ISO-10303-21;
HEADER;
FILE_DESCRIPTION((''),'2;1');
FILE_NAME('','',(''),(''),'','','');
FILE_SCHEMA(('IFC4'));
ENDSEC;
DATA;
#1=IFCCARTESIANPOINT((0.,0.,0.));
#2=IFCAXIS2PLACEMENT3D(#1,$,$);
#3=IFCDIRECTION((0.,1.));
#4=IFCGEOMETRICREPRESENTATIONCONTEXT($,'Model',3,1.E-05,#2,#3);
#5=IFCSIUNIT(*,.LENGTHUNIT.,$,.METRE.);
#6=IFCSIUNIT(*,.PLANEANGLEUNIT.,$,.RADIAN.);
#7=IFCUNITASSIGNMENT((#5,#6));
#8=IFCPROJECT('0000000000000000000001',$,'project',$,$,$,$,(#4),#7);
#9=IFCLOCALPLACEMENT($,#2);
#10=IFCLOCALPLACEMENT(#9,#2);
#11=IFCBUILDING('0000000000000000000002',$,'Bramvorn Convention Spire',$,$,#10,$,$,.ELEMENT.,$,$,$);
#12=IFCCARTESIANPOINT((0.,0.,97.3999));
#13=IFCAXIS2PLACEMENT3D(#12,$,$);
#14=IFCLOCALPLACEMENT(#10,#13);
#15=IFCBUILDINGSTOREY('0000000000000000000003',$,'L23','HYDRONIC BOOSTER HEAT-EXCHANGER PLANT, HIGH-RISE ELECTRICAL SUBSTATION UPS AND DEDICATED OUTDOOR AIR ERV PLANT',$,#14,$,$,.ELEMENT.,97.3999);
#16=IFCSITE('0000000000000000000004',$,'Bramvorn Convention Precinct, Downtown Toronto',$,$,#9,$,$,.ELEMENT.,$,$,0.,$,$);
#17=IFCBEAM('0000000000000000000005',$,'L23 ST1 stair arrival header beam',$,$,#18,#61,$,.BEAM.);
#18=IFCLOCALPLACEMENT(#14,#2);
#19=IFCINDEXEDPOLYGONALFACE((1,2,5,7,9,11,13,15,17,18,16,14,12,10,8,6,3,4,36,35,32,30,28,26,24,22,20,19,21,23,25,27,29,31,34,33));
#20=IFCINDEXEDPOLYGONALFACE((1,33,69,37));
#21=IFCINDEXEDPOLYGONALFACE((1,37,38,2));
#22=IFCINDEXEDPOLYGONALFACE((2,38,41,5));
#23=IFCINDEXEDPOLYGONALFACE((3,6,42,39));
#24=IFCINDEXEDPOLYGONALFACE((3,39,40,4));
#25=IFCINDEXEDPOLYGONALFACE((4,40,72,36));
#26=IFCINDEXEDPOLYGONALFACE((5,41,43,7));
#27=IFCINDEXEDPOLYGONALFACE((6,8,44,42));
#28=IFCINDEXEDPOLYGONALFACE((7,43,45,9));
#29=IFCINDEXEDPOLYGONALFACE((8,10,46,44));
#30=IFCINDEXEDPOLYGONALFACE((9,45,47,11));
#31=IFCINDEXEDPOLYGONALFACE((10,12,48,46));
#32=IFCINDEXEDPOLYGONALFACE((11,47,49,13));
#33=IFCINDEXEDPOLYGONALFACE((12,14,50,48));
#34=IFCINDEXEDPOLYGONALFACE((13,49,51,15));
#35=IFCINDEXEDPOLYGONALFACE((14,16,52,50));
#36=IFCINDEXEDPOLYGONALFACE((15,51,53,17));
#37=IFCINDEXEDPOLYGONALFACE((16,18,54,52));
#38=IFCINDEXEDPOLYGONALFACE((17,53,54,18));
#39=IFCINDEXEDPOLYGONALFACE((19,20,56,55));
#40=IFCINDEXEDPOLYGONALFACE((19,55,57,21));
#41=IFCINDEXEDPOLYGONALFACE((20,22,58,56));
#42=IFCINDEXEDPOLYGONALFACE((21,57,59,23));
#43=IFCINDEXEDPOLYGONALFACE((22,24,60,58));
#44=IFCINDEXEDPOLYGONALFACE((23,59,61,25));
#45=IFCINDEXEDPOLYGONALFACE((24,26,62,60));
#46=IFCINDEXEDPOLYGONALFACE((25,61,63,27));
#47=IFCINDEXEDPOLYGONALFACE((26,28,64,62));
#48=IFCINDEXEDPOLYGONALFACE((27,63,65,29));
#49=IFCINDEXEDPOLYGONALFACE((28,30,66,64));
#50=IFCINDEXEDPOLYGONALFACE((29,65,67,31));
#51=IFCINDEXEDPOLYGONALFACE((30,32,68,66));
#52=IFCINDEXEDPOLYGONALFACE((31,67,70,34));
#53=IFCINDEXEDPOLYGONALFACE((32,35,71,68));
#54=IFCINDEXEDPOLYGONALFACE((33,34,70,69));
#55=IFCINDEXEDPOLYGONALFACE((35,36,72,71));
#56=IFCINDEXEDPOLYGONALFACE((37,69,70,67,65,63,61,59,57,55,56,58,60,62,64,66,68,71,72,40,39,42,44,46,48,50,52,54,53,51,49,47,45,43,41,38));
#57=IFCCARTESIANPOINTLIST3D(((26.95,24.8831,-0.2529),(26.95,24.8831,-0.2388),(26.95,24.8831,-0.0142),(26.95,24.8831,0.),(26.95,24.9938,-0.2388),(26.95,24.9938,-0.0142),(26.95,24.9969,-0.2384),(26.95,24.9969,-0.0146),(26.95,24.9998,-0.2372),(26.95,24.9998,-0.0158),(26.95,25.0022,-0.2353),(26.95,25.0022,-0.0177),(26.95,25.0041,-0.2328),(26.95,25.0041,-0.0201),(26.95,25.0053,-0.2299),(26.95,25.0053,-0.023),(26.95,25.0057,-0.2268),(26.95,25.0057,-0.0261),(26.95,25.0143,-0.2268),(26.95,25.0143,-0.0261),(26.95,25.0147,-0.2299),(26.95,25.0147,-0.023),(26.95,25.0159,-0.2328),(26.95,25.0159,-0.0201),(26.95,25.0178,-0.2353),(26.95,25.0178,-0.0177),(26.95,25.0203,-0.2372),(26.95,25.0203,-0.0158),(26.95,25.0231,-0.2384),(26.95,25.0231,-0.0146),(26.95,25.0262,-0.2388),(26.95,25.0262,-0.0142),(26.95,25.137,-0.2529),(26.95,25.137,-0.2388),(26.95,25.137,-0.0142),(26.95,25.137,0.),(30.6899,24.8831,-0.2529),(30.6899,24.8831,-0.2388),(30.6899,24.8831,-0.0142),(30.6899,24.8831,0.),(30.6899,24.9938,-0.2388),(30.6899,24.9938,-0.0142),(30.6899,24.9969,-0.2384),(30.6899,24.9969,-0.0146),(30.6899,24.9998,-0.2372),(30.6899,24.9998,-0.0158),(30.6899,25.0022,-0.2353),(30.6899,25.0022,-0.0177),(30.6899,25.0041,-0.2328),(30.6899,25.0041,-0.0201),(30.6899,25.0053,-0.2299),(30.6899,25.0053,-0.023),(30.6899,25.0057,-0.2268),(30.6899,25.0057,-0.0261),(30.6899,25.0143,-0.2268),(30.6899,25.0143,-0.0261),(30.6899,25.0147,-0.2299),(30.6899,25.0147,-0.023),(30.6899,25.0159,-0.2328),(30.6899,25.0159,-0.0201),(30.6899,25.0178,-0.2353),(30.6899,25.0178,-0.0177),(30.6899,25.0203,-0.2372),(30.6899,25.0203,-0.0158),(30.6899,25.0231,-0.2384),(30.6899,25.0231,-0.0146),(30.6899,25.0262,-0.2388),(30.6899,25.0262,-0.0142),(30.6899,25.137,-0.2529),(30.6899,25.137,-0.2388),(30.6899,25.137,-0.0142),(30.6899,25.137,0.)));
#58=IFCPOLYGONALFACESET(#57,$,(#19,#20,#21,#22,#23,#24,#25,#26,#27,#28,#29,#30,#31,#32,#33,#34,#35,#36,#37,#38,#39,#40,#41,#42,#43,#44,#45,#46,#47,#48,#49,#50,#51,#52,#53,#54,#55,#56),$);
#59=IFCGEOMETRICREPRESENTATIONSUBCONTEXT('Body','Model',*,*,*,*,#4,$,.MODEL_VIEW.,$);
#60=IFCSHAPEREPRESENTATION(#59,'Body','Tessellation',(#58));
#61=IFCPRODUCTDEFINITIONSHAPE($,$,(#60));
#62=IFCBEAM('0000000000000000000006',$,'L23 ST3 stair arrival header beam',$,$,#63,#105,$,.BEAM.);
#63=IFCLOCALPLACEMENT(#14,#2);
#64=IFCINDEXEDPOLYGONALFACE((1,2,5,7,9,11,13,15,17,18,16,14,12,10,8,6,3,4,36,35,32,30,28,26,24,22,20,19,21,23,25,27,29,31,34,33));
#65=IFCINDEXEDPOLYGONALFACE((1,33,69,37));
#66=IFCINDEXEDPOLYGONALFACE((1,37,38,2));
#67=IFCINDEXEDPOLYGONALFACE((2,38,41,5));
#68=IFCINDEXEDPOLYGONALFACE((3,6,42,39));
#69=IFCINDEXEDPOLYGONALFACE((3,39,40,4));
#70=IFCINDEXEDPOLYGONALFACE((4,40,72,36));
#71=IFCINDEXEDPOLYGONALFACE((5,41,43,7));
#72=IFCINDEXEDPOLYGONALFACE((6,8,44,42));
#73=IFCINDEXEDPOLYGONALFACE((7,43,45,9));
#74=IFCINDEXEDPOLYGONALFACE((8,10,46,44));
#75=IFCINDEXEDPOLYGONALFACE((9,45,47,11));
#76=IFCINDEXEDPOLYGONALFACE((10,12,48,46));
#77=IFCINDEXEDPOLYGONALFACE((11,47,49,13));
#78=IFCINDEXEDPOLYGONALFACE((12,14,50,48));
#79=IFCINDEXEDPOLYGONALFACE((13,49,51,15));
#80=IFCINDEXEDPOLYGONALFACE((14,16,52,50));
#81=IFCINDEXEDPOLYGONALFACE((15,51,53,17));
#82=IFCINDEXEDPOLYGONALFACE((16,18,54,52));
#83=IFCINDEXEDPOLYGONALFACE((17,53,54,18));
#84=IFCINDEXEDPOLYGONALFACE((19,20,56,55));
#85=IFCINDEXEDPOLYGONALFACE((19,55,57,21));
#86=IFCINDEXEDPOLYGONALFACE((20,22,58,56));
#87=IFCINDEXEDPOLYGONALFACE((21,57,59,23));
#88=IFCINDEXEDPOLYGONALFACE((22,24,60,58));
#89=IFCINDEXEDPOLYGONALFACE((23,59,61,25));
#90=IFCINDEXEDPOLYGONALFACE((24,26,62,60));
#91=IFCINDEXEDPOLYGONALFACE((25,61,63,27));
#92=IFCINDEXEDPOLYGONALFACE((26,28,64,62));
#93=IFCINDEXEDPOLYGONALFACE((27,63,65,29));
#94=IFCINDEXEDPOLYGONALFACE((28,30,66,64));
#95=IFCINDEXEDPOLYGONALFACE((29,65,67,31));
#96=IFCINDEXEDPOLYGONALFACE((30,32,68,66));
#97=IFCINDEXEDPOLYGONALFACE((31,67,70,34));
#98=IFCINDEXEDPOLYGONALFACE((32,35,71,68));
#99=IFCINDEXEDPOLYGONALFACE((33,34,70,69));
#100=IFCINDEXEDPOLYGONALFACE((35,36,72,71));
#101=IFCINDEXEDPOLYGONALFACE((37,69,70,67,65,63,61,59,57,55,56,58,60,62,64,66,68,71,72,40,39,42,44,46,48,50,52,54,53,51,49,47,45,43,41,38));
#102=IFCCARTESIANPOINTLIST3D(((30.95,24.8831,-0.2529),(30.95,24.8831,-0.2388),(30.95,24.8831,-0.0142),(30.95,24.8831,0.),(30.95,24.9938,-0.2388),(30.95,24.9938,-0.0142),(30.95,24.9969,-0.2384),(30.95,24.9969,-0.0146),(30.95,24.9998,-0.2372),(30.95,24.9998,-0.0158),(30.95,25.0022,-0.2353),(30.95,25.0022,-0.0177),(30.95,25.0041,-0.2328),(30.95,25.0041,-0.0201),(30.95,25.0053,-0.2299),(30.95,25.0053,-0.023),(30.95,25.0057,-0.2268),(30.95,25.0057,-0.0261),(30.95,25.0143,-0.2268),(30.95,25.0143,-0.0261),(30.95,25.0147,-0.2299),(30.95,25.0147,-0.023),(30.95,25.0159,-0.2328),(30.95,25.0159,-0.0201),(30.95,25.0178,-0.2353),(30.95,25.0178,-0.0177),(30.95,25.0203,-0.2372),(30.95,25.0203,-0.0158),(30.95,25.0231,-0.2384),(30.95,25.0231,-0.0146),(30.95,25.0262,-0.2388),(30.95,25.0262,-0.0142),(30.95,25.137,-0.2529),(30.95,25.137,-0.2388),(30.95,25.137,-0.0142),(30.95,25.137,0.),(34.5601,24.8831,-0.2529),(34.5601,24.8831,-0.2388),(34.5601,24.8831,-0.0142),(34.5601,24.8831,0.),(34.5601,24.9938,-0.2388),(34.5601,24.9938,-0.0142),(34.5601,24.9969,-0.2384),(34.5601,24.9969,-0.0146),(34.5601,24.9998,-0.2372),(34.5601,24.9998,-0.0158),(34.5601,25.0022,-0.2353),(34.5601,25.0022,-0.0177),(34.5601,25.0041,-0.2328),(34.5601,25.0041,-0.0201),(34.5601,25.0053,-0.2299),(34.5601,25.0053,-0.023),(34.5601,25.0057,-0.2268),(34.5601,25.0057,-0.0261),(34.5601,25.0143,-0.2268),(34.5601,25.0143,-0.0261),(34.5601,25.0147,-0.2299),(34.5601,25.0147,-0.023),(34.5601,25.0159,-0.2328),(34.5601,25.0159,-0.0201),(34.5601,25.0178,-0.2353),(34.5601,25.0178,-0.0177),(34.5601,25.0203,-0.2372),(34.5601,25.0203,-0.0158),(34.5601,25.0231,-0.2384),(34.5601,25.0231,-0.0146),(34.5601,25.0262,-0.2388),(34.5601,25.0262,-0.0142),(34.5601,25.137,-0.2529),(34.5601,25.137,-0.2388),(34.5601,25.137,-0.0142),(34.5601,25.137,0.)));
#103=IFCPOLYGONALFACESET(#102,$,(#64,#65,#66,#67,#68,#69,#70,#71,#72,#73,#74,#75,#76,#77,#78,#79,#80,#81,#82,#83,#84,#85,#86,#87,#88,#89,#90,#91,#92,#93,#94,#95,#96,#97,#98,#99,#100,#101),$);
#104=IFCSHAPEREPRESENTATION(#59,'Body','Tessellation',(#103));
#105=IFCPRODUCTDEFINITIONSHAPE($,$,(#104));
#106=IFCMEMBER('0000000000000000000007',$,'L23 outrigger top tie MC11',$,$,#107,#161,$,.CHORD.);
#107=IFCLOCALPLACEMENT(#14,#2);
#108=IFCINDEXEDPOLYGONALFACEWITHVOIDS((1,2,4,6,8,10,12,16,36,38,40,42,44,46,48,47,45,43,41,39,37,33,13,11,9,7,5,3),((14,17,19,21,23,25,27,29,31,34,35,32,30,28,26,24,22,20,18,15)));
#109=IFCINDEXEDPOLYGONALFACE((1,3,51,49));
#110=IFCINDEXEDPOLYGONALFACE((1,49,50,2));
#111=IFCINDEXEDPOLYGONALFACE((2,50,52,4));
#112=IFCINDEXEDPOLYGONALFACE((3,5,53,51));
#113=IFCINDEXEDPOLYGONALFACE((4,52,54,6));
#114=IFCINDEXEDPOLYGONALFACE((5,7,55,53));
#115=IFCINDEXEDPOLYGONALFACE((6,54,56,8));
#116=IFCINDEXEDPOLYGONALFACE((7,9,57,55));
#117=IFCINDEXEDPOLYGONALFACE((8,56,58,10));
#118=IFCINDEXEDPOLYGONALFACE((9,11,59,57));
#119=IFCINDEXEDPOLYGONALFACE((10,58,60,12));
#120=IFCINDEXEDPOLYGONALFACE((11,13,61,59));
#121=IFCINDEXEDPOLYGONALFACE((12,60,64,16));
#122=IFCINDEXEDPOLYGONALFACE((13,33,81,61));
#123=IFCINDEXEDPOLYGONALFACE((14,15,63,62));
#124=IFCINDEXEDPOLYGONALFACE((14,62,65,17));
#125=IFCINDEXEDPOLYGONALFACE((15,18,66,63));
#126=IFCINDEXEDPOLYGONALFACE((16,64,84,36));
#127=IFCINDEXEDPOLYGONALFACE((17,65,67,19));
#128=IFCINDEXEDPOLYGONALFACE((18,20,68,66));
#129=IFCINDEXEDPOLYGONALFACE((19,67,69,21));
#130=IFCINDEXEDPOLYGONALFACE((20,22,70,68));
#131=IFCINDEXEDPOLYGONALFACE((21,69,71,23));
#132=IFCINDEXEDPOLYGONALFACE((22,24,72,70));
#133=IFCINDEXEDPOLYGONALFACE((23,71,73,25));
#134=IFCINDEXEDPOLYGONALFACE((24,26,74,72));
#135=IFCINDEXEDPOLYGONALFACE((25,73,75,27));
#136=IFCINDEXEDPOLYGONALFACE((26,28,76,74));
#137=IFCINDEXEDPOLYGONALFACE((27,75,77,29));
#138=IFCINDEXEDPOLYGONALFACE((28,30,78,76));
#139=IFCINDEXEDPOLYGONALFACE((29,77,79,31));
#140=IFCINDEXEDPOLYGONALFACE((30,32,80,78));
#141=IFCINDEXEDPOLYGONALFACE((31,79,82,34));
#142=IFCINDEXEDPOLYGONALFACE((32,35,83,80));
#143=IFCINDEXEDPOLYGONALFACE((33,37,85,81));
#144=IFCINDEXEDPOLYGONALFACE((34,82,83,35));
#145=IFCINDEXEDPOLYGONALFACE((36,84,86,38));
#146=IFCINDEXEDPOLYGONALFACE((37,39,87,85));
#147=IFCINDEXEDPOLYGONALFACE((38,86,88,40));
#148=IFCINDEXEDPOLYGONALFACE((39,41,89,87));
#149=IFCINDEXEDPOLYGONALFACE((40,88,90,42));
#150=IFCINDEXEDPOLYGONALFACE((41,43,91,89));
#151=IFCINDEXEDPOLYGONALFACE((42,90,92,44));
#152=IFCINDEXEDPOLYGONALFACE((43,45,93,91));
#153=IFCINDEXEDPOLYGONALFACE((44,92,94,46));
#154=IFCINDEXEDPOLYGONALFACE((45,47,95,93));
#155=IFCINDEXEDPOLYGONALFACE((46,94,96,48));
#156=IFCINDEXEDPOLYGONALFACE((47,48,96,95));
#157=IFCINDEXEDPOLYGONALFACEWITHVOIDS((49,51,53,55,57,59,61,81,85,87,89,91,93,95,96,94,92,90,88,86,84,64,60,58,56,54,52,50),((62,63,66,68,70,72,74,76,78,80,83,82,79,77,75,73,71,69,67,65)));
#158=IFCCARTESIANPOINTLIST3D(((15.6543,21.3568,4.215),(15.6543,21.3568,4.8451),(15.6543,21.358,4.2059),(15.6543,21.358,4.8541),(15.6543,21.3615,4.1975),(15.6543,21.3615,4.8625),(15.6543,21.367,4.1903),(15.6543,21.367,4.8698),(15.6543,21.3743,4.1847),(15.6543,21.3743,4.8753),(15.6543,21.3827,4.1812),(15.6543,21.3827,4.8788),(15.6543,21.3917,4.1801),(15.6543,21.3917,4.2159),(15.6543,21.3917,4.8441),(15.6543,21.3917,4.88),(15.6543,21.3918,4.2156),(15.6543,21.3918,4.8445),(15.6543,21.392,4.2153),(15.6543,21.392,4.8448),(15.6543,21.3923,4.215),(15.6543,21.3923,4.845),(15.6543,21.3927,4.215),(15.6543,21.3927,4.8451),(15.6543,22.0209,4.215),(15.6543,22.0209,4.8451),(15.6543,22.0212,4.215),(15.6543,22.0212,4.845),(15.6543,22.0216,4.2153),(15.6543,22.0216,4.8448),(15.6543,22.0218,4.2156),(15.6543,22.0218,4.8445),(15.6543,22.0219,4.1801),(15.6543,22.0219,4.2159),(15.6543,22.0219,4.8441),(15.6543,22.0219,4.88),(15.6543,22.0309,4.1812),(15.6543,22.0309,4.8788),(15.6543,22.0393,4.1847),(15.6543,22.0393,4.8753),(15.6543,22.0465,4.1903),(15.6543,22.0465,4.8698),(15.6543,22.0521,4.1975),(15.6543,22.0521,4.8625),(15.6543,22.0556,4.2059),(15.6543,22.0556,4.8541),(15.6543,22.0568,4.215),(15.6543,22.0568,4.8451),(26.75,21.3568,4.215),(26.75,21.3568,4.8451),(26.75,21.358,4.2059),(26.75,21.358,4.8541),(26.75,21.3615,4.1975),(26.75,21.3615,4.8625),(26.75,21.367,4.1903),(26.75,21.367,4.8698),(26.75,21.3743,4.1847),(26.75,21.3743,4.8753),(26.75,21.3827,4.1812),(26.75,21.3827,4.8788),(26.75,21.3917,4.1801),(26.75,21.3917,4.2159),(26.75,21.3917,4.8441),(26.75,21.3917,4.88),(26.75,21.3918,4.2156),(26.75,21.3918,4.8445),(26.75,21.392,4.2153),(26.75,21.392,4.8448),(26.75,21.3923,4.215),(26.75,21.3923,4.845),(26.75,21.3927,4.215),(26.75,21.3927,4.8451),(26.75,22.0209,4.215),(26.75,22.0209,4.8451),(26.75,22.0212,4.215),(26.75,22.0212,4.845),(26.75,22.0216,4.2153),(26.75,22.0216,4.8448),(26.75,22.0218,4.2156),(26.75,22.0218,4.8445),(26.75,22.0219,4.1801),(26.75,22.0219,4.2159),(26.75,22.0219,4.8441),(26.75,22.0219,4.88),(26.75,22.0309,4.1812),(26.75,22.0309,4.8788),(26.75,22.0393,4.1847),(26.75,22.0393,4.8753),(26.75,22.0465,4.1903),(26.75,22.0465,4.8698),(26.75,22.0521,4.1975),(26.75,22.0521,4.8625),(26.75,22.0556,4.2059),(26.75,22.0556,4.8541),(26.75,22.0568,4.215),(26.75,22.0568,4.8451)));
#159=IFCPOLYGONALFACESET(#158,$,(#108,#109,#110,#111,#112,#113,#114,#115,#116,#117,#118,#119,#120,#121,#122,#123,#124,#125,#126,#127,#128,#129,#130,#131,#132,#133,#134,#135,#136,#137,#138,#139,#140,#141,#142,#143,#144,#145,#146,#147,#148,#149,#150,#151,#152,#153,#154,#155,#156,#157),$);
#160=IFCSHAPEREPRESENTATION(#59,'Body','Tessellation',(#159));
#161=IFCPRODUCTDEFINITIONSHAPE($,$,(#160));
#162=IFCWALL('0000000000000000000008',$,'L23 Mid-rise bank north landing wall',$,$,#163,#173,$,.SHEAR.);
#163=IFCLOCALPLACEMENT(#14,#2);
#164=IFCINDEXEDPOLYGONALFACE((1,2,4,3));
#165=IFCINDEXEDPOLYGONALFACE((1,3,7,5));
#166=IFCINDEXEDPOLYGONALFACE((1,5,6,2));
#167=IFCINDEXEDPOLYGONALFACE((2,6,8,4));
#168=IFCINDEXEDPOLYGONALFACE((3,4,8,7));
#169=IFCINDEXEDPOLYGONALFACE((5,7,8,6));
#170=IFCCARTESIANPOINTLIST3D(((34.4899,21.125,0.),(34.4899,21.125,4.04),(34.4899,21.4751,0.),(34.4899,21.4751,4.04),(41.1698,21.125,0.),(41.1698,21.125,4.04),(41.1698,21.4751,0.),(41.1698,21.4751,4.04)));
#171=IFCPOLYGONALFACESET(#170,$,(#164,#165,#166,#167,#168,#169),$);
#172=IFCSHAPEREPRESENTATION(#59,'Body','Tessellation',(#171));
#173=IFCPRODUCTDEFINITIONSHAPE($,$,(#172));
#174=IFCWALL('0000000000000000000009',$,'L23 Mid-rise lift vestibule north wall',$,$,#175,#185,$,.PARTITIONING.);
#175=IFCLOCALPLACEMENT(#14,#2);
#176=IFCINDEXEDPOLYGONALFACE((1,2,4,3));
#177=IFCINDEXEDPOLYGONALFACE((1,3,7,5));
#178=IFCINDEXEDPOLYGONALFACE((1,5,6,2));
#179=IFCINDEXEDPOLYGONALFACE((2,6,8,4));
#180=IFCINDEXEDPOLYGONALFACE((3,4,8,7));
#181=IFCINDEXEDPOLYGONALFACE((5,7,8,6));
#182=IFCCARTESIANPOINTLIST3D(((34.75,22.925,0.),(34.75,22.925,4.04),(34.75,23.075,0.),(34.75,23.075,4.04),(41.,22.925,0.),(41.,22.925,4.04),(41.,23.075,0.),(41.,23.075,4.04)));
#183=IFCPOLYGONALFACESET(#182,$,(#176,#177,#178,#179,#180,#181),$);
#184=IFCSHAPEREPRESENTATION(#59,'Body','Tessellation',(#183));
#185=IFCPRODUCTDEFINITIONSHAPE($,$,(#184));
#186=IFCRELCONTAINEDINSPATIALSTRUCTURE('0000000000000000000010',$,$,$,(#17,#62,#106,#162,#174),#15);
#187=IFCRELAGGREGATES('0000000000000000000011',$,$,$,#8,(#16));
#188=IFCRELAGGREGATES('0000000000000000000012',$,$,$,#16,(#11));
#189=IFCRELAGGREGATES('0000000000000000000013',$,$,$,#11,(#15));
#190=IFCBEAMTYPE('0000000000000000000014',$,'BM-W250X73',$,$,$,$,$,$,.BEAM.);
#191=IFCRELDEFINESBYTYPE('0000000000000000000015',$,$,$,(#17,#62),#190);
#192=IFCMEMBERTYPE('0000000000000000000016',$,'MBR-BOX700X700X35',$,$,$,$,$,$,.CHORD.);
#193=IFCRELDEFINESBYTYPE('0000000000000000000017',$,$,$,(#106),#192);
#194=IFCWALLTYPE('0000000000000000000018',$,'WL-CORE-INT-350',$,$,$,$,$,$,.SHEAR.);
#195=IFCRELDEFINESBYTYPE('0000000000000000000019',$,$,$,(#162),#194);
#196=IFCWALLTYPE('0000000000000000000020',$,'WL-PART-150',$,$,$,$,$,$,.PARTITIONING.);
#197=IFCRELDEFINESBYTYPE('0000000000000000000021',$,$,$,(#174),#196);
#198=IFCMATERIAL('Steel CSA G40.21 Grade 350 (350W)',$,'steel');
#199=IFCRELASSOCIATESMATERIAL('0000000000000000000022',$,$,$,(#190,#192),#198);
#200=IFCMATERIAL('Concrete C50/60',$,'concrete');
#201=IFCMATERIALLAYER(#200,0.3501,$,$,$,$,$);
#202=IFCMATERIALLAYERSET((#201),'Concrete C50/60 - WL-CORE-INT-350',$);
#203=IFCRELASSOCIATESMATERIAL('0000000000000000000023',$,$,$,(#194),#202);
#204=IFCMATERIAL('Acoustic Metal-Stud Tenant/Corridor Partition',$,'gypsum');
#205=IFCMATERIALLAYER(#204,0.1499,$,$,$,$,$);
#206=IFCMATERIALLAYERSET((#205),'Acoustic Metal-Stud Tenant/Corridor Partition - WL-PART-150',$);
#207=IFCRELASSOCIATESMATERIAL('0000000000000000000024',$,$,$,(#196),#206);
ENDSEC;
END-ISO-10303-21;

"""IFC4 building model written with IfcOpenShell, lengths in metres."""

from ifc_helpers import new_model, si_unit, direction, frame, frame_2d, origin, origin_2d, place, context, subcontext, project, spatial, rectangle, hollow_rectangle, i_section, extrude, material, layer, layer_set, material_profile, profile_set, type_object, element, save


model = new_model("IFC4")

# Units and contexts
model_context = context("Model", 3, precision=1e-05, world=origin(), true_north=direction((0.0, 1.0)))
body_context = subcontext(model_context, "Body", "Model", "MODEL_VIEW")
ifc_project = project(units=[si_unit("LENGTHUNIT", "METRE"), si_unit("PLANEANGLEUNIT", "RADIAN")], contexts=[model_context])

# Site, building, storey
site_placement = place(None, origin())
site = spatial("IfcSite", under=ifc_project, at=site_placement, Name="Bramvorn Convention Precinct, Downtown Toronto", CompositionType="ELEMENT", RefElevation=0.0)
building_placement = place(site_placement, origin())
building = spatial("IfcBuilding", under=site, at=building_placement, Name="Bramvorn Convention Spire", CompositionType="ELEMENT")
storey_placement = place(building_placement, frame((0.0, 0.0, 97.3999)))
storey = spatial("IfcBuildingStorey", under=building, at=storey_placement, Name="L23", Description="HYDRONIC BOOSTER HEAT-EXCHANGER PLANT, HIGH-RISE ELECTRICAL SUBSTATION UPS AND DEDICATED OUTDOOR AIR ERV PLANT", CompositionType="ELEMENT", Elevation=97.3999)

# Beams
ifc_material_1 = material(Name="Steel CSA G40.21 Grade 350 (350W)", Category="steel")
ifc_material_profile_1 = material_profile(ifc_material_1, i_section(OverallWidth=0.2539, OverallDepth=0.2529, WebThickness=0.0085, FlangeThickness=0.0142, FilletRadius=0.012, at=origin_2d()))
ifc_profile_set_1 = profile_set([ifc_material_profile_1], Name="Steel CSA G40.21 Grade 350 (350W) - W250X73")
beam_type = type_object("IfcBeamType", Name="BM-W250X73", PredefinedType="BEAM", material=ifc_profile_set_1)
beam_1_placement = place(storey_placement, frame((26.95, 25.01, -0.1265), z_axis=(1.0, 0.0, 0.0), x_axis=(0.0, 1.0, 0.0)))
element("IfcBeam", 1, at=beam_1_placement, inside=storey, type_object=beam_type, Name="L23 ST1 stair arrival header beam", PredefinedType="BEAM", context=body_context, shape_type="SweptSolid", body=[
    extrude(i_section(OverallWidth=0.2539, OverallDepth=0.2529, WebThickness=0.0085, FlangeThickness=0.0142, FilletRadius=0.012, at=origin_2d()), origin(), (0.0, 0.0, 1.0), 3.74),
])
beam_2_placement = place(storey_placement, frame((30.95, 25.01, -0.1265), z_axis=(1.0, 0.0, 0.0), x_axis=(0.0, 1.0, 0.0)))
element("IfcBeam", 2, at=beam_2_placement, inside=storey, type_object=beam_type, Name="L23 ST3 stair arrival header beam", PredefinedType="BEAM", context=body_context, shape_type="SweptSolid", body=[
    extrude(i_section(OverallWidth=0.2539, OverallDepth=0.2529, WebThickness=0.0085, FlangeThickness=0.0142, FilletRadius=0.012, at=origin_2d()), origin(), (0.0, 0.0, 1.0), 3.6101),
])

# Member
ifc_material_profile_2 = material_profile(ifc_material_1, hollow_rectangle(XDim=0.7, YDim=0.7, WallThickness=0.0349, InnerFilletRadius=0.001, OuterFilletRadius=0.0349, at=origin_2d()))
ifc_profile_set_2 = profile_set([ifc_material_profile_2], Name="Steel CSA G40.21 Grade 350 (350W) - BOX700X700X35")
member_type = type_object("IfcMemberType", Name="MBR-BOX700X700X35", PredefinedType="CHORD", material=ifc_profile_set_2)
member_placement = place(storey_placement, frame((26.75, 21.7068, 4.53), z_axis=(-1.0, 0.0, 0.0), x_axis=(0.0, -1.0, 0.0)))
element("IfcMember", 3, at=member_placement, inside=storey, type_object=member_type, Name="L23 outrigger top tie MC11", PredefinedType="CHORD", context=body_context, shape_type="SweptSolid", body=[
    extrude(hollow_rectangle(XDim=0.7, YDim=0.7, WallThickness=0.0349, InnerFilletRadius=0.001, OuterFilletRadius=0.0349, at=origin_2d()), origin(), (0.0, 0.0, 1.0), 11.0957),
])

# Walls
ifc_material_2 = material(Name="Concrete C50/60", Category="concrete")
ifc_layer_1 = layer(ifc_material_2, 0.3501)
ifc_layer_set_1 = layer_set([ifc_layer_1], Name="Concrete C50/60 - WL-CORE-INT-350")
wall_type_1 = type_object("IfcWallType", Name="WL-CORE-INT-350", PredefinedType="SHEAR", material=ifc_layer_set_1)
wall_1_placement = place(storey_placement, frame((34.49, 21.3, 0.0), z_axis=(0.0, 0.0, 1.0), x_axis=(1.0, 0.0, 0.0)))
element("IfcWall", 4, at=wall_1_placement, inside=storey, type_object=wall_type_1, Name="L23 Mid-rise bank north landing wall", PredefinedType="SHEAR", context=body_context, shape_type="SweptSolid", body=[
    extrude(rectangle(XDim=6.6799, YDim=0.3501, at=frame_2d((3.3398, 0.0))), origin(), (0.0, 0.0, 1.0), 4.04),
])
ifc_material_3 = material(Name="Acoustic Metal-Stud Tenant/Corridor Partition", Category="gypsum")
ifc_layer_2 = layer(ifc_material_3, 0.1499)
ifc_layer_set_2 = layer_set([ifc_layer_2], Name="Acoustic Metal-Stud Tenant/Corridor Partition - WL-PART-150")
wall_type_2 = type_object("IfcWallType", Name="WL-PART-150", PredefinedType="PARTITIONING", material=ifc_layer_set_2)
wall_2_placement = place(storey_placement, frame((34.75, 23.0, 0.0), z_axis=(0.0, 0.0, 1.0), x_axis=(1.0, 0.0, 0.0)))
element("IfcWall", 5, at=wall_2_placement, inside=storey, type_object=wall_type_2, Name="L23 Mid-rise lift vestibule north wall", PredefinedType="PARTITIONING", context=body_context, shape_type="SweptSolid", body=[
    extrude(rectangle(XDim=6.25, YDim=0.1499, at=frame_2d((3.125, 0.0))), origin(), (0.0, 0.0, 1.0), 4.04),
])

save(model, "model.ifc")
